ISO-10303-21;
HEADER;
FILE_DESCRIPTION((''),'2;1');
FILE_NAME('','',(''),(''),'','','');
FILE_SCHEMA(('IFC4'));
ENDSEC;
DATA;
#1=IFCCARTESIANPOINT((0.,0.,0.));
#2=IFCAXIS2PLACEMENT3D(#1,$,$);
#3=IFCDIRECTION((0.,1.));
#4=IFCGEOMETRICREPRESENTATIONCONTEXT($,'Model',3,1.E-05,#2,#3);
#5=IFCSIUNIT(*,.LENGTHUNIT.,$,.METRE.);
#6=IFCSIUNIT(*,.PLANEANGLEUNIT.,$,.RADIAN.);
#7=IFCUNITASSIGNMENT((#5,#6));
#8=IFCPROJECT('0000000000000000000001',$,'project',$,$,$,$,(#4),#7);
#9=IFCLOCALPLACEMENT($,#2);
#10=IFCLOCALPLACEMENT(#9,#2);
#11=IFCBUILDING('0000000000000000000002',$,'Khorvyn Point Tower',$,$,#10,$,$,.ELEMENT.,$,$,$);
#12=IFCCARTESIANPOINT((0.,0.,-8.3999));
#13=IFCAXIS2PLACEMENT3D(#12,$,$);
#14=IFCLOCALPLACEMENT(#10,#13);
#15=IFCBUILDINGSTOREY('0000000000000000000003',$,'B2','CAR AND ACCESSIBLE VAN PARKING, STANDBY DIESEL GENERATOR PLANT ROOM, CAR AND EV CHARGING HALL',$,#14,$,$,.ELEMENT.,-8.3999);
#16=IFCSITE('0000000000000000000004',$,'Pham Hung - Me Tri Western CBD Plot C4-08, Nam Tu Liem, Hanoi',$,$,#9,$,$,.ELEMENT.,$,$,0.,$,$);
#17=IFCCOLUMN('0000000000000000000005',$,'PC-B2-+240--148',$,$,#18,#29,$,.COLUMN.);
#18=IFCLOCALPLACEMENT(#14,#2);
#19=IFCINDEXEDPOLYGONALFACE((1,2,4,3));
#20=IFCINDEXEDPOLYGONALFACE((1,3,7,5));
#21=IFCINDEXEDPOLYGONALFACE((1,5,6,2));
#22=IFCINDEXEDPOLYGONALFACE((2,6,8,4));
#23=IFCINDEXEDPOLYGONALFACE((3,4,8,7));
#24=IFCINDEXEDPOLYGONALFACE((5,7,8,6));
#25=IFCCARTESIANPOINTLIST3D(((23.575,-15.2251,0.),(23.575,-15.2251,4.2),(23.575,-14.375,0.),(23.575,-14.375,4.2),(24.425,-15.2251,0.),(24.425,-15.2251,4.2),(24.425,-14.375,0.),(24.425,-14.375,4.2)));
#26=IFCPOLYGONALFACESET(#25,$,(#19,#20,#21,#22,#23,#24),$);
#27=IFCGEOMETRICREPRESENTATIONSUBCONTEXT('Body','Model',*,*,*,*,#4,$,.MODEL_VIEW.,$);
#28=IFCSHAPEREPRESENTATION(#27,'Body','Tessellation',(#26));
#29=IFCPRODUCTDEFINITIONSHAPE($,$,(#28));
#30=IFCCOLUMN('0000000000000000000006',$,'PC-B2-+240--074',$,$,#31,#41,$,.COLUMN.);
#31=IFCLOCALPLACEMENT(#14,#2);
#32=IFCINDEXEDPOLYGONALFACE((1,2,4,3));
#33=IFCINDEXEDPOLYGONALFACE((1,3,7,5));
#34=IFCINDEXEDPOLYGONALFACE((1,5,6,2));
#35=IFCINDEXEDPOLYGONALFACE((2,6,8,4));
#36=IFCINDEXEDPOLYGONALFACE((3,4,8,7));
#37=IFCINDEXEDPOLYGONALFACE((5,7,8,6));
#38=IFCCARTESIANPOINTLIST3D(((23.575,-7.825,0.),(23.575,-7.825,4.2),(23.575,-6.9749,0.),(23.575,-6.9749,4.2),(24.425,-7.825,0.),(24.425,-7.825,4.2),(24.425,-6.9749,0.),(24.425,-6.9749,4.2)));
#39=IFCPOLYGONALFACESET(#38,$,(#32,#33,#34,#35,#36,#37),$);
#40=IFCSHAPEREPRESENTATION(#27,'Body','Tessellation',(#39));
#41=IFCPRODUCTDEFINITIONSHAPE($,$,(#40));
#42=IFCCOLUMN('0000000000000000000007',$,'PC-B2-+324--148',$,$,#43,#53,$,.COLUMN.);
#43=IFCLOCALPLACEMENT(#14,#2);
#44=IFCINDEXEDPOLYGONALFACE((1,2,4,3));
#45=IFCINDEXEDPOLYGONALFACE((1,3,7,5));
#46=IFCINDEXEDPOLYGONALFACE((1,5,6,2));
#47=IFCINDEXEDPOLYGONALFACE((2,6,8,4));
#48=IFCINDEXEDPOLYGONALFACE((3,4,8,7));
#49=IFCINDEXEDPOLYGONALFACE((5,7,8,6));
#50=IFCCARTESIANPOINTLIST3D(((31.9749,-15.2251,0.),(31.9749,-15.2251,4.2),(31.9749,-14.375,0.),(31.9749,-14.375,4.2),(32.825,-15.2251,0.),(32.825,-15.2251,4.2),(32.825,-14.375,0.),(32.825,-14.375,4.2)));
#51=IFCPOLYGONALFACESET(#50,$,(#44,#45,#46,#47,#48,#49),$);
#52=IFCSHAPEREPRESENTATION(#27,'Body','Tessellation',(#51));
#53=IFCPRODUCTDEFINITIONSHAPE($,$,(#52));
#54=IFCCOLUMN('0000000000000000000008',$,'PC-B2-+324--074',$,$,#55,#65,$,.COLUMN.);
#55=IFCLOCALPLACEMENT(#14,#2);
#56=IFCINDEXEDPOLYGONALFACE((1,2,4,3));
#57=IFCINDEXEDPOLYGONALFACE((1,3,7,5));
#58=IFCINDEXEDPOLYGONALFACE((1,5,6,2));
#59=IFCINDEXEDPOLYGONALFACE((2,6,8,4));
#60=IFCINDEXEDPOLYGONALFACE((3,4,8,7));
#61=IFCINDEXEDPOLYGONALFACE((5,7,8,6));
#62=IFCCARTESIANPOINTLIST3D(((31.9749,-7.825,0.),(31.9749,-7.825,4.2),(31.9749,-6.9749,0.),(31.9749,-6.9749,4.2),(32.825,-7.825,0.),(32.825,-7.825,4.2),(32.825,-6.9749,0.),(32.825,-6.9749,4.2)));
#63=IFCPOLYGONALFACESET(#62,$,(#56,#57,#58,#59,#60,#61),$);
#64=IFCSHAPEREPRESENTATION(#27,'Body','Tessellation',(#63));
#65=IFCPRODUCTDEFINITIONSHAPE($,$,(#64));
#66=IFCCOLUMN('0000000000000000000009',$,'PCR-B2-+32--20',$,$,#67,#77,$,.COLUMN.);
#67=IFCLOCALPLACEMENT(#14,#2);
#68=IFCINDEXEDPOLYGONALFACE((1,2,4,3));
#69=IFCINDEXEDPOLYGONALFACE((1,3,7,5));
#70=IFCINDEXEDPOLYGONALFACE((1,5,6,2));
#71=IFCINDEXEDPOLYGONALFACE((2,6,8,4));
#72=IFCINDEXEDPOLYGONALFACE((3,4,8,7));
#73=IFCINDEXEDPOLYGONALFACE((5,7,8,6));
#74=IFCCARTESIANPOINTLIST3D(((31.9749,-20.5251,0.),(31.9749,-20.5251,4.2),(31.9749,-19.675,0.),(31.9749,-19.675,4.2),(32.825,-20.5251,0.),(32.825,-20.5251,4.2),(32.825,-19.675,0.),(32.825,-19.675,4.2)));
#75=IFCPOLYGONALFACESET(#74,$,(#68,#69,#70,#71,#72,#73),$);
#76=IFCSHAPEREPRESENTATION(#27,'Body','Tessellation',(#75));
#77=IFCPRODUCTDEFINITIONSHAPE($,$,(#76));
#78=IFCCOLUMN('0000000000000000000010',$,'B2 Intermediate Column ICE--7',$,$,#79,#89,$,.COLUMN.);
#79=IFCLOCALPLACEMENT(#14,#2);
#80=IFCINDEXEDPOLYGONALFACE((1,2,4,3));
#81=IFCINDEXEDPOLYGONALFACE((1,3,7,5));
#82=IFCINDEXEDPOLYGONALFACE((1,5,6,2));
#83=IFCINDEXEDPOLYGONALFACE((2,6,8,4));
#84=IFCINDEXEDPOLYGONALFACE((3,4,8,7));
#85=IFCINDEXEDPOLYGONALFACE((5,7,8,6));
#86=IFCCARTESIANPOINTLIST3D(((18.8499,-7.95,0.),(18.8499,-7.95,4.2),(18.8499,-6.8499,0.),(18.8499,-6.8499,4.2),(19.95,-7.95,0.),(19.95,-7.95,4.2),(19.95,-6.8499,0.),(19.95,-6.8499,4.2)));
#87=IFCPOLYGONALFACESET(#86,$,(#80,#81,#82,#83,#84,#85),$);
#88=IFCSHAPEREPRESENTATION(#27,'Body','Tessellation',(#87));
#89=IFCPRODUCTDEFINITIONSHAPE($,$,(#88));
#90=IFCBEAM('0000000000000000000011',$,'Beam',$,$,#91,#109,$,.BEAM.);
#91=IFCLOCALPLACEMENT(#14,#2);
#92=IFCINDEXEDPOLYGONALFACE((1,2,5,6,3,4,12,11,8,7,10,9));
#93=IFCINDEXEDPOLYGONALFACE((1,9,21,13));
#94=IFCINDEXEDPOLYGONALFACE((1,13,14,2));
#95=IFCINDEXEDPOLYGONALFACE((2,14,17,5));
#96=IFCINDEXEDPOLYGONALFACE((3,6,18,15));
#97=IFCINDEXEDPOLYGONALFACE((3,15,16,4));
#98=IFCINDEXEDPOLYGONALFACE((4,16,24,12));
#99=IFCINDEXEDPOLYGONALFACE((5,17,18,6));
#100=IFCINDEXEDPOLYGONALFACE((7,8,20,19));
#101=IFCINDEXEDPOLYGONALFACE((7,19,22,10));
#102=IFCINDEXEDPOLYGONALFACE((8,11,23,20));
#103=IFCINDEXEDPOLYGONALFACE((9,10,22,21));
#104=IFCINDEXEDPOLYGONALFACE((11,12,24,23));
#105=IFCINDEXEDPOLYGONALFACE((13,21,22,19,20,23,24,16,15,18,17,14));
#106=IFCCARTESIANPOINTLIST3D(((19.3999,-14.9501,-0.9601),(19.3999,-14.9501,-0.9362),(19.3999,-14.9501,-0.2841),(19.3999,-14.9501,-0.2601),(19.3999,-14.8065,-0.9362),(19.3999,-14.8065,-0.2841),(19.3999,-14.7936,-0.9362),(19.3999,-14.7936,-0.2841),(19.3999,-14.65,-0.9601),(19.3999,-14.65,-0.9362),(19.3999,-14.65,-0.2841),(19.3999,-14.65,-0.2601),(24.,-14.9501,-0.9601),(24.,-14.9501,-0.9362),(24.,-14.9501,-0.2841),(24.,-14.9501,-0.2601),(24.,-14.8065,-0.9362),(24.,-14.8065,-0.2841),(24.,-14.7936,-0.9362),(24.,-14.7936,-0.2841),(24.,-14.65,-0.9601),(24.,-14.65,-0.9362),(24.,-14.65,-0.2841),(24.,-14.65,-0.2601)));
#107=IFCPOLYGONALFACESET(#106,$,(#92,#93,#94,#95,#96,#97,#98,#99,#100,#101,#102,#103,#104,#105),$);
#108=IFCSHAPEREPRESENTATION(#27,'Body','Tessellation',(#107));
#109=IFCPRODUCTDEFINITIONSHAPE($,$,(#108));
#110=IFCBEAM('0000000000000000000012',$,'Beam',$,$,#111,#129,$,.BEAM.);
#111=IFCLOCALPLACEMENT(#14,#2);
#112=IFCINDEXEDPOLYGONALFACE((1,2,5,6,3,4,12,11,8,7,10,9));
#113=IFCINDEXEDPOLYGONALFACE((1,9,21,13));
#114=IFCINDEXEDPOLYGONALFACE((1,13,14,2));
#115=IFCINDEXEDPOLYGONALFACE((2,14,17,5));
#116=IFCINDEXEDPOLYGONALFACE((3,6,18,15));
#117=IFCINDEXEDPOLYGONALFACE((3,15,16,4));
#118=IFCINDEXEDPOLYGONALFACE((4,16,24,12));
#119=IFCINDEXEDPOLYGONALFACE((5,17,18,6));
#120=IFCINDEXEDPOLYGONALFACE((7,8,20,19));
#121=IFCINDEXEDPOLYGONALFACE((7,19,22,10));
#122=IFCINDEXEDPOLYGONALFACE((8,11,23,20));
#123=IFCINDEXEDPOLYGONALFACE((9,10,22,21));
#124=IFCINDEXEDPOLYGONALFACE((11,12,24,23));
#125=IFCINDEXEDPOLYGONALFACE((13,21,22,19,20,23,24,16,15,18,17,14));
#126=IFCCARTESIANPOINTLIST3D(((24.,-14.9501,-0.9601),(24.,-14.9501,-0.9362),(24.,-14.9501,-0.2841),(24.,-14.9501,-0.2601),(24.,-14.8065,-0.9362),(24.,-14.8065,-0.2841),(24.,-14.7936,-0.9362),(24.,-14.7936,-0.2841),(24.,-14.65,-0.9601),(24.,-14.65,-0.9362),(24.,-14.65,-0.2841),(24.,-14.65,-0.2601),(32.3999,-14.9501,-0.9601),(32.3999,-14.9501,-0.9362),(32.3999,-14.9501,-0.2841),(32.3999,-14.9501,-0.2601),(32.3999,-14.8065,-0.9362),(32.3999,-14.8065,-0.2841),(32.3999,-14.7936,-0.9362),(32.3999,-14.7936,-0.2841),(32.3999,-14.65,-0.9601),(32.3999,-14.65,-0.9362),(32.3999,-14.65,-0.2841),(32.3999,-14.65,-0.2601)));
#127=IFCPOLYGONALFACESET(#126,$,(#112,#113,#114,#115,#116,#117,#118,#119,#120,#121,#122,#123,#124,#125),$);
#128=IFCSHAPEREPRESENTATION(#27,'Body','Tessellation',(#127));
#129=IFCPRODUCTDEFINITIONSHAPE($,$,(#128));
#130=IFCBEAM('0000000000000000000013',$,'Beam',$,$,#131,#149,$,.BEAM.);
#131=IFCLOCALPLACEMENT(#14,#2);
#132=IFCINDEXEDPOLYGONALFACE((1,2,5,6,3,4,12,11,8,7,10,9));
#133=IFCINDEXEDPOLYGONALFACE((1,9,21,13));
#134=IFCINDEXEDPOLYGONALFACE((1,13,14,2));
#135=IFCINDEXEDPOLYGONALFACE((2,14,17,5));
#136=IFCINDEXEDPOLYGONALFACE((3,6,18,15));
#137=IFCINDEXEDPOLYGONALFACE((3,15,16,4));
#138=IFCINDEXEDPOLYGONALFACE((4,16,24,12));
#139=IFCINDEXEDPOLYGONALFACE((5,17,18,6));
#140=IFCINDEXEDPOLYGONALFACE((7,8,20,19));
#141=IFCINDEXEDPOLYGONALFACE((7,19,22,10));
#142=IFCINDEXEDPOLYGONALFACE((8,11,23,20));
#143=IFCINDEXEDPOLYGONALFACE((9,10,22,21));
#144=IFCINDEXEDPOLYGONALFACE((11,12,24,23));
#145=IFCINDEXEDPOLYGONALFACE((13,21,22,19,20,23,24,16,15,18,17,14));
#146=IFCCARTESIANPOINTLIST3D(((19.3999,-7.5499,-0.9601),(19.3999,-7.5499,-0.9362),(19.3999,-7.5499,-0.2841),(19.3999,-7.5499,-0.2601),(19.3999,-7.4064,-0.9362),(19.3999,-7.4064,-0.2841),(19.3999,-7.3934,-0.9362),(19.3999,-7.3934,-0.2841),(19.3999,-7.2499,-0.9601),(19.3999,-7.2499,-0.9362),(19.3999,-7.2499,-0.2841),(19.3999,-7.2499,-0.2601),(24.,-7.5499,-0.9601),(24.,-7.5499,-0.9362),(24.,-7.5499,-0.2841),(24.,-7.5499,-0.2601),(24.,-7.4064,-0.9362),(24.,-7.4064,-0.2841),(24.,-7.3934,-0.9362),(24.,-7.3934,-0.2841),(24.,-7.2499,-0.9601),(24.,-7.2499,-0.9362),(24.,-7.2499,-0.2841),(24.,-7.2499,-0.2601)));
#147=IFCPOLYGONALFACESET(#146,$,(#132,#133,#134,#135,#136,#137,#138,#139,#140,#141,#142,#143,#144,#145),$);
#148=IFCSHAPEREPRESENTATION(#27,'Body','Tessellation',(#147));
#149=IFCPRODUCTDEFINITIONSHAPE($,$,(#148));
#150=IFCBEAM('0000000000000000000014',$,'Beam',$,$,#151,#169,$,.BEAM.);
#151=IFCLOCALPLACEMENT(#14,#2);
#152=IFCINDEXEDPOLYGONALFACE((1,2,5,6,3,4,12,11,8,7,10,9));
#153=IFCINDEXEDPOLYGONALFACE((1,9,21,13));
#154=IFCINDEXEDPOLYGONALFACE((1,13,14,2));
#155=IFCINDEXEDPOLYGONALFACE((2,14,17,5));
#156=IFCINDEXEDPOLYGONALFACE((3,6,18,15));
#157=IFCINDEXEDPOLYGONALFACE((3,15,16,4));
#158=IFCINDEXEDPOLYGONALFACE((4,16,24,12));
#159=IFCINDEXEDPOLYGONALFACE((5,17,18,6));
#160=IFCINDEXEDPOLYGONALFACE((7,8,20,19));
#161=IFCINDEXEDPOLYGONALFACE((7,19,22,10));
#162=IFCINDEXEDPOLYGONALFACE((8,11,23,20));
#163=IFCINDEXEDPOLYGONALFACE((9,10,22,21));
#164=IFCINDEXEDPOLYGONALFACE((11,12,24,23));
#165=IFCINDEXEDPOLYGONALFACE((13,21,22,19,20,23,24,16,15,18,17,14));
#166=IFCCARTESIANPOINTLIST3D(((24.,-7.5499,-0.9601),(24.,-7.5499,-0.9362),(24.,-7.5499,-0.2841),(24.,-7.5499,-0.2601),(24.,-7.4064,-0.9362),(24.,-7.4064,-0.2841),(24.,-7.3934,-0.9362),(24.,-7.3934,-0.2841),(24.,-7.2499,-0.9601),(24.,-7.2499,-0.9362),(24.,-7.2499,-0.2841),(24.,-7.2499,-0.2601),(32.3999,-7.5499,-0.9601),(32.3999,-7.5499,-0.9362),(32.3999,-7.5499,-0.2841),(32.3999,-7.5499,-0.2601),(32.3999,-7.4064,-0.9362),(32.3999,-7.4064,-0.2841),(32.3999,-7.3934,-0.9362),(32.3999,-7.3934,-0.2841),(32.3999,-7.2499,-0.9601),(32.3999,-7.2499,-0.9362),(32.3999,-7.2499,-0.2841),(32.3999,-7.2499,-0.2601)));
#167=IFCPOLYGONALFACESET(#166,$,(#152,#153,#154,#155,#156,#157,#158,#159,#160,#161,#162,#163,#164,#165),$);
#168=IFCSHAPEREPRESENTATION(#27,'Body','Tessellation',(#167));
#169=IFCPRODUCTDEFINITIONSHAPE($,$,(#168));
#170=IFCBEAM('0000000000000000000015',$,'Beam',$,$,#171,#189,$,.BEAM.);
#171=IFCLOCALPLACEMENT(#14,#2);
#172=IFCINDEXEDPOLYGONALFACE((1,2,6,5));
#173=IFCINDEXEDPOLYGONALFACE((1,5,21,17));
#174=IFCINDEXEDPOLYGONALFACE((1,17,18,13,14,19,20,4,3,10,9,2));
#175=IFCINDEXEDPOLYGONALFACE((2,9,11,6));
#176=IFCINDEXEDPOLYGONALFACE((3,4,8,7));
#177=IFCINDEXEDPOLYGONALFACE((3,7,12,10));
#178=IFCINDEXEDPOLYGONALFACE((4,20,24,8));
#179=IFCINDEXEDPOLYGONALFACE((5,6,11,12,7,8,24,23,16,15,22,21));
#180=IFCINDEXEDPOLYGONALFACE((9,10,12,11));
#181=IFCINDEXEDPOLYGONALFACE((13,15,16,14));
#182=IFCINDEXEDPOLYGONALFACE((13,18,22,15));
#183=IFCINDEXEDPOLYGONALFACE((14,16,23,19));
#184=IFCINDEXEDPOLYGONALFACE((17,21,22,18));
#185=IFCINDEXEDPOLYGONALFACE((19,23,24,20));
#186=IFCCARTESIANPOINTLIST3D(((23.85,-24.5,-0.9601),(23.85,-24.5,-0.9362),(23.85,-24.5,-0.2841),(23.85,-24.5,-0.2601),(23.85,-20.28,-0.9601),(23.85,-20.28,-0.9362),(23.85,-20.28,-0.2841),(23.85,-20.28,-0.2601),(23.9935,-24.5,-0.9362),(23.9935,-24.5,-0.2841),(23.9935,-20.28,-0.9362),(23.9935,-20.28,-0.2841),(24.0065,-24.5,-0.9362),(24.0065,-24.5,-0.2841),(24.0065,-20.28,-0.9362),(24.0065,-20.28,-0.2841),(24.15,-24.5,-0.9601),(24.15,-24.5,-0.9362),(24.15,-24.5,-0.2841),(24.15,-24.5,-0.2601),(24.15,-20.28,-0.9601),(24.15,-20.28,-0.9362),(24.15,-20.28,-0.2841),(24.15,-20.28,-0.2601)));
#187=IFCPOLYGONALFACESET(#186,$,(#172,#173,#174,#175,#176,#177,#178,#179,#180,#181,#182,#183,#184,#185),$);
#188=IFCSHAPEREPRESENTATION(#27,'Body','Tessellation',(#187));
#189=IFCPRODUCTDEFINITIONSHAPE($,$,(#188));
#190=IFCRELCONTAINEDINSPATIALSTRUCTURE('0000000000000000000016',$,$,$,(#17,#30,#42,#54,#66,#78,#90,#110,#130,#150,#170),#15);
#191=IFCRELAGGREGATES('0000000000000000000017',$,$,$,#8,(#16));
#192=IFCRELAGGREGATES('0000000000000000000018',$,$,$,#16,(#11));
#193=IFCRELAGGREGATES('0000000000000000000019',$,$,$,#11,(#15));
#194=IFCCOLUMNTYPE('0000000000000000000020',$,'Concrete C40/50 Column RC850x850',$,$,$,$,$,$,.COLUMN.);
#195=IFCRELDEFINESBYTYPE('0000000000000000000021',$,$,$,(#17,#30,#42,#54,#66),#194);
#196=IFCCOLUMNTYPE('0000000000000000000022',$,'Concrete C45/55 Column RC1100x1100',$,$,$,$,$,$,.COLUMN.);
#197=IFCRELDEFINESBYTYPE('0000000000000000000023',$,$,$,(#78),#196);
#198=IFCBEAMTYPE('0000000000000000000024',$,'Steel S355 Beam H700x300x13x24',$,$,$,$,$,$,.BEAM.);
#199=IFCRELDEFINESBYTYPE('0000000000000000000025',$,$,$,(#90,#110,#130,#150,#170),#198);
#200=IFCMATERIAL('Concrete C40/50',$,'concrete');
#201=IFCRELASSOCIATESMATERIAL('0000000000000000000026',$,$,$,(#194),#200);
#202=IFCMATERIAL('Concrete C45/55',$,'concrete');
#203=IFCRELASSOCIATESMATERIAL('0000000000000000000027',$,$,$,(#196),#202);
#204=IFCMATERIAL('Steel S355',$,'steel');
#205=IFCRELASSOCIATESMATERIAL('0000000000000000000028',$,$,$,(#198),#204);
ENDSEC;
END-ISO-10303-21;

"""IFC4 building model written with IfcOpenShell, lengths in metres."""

from ifc_helpers import new_model, si_unit, direction, frame, origin, origin_2d, place, context, subcontext, project, spatial, rectangle, i_section, extrude, material, material_profile, profile_set, type_object, element, save


model = new_model("IFC4")

# Units and contexts
model_context = context("Model", 3, precision=1e-05, world=origin(), true_north=direction((0.0, 1.0)))
body_context = subcontext(model_context, "Body", "Model", "MODEL_VIEW")
ifc_project = project(units=[si_unit("LENGTHUNIT", "METRE"), si_unit("PLANEANGLEUNIT", "RADIAN")], contexts=[model_context])

# Site, building, storey
site_placement = place(None, origin())
site = spatial("IfcSite", under=ifc_project, at=site_placement, Name="Pham Hung - Me Tri Western CBD Plot C4-08, Nam Tu Liem, Hanoi", CompositionType="ELEMENT", RefElevation=0.0)
building_placement = place(site_placement, origin())
building = spatial("IfcBuilding", under=site, at=building_placement, Name="Khorvyn Point Tower", CompositionType="ELEMENT")
storey_placement = place(building_placement, frame((0.0, 0.0, -8.3999)))
storey = spatial("IfcBuildingStorey", under=building, at=storey_placement, Name="B2", Description="CAR AND ACCESSIBLE VAN PARKING, STANDBY DIESEL GENERATOR PLANT ROOM, CAR AND EV CHARGING HALL", CompositionType="ELEMENT", Elevation=-8.3999)

# Columns
ifc_material_1 = material(Name="Concrete C40/50", Category="concrete")
ifc_material_profile_1 = material_profile(ifc_material_1, rectangle(XDim=0.8501, YDim=0.8501, at=origin_2d()))
ifc_profile_set_1 = profile_set([ifc_material_profile_1], Name="Concrete C40/50 RC850x850")
column_type_1 = type_object("IfcColumnType", Name="Concrete C40/50 Column RC850x850", PredefinedType="COLUMN", material=ifc_profile_set_1)
for number, where, z_axis, x_axis, name in (
    (1, (24.0, -14.8, 0.0), (0.0, 0.0, 1.0), (1.0, 0.0, 0.0), "PC-B2-+240--148"),
    (2, (24.0, -7.3999, 0.0), (0.0, 0.0, 1.0), (1.0, 0.0, 0.0), "PC-B2-+240--074"),
    (3, (32.3999, -14.8, 0.0), (0.0, 0.0, 1.0), (1.0, 0.0, 0.0), "PC-B2-+324--148"),
    (4, (32.3999, -7.3999, 0.0), (0.0, 0.0, 1.0), (1.0, 0.0, 0.0), "PC-B2-+324--074"),
    (5, (32.3999, -20.1001, 0.0), (0.0, 0.0, 1.0), (1.0, 0.0, 0.0), "PCR-B2-+32--20"),
):
    element("IfcColumn", number, at=place(storey_placement, frame(where, z_axis=z_axis, x_axis=x_axis)), inside=storey, type_object=column_type_1, Name=name, PredefinedType="COLUMN", context=body_context, shape_type="SweptSolid", body=[
        extrude(rectangle(XDim=0.8501, YDim=0.8501, at=origin_2d()), origin(), (0.0, 0.0, 1.0), 4.2),
    ])
ifc_material_2 = material(Name="Concrete C45/55", Category="concrete")
ifc_material_profile_2 = material_profile(ifc_material_2, rectangle(XDim=1.1001, YDim=1.1001, at=origin_2d()))
ifc_profile_set_2 = profile_set([ifc_material_profile_2], Name="Concrete C45/55 RC1100x1100")
column_type_2 = type_object("IfcColumnType", Name="Concrete C45/55 Column RC1100x1100", PredefinedType="COLUMN", material=ifc_profile_set_2)
column_placement = place(storey_placement, frame((19.3999, -7.3999, 0.0), z_axis=(0.0, 0.0, 1.0), x_axis=(1.0, 0.0, 0.0)))
element("IfcColumn", 6, at=column_placement, inside=storey, type_object=column_type_2, Name="B2 Intermediate Column ICE--7", PredefinedType="COLUMN", context=body_context, shape_type="SweptSolid", body=[
    extrude(rectangle(XDim=1.1001, YDim=1.1001, at=origin_2d()), origin(), (0.0, 0.0, 1.0), 4.2),
])

# Beams
ifc_material_3 = material(Name="Steel S355", Category="steel")
ifc_material_profile_3 = material_profile(ifc_material_3, i_section(OverallWidth=0.3, OverallDepth=0.7, WebThickness=0.0129, FlangeThickness=0.0239, at=origin_2d()))
ifc_profile_set_3 = profile_set([ifc_material_profile_3], Name="Steel S355 H700x300x13x24")
beam_type_1 = type_object("IfcBeamType", Name="Steel S355 Beam H700x300x13x24", PredefinedType="BEAM", material=ifc_profile_set_3)
beam_1_placement = place(storey_placement, frame((19.3999, -14.8, -0.6101), z_axis=(1.0, 0.0, 0.0), x_axis=(0.0, 1.0, 0.0)))
element("IfcBeam", 7, at=beam_1_placement, inside=storey, type_object=beam_type_1, Name="Beam", PredefinedType="BEAM", context=body_context, shape_type="SweptSolid", body=[
    extrude(i_section(OverallWidth=0.3, OverallDepth=0.7, WebThickness=0.0129, FlangeThickness=0.0239, at=origin_2d()), origin(), (0.0, 0.0, 1.0), 4.6001),
])
beam_2_placement = place(storey_placement, frame((24.0, -14.8, -0.6101), z_axis=(1.0, 0.0, 0.0), x_axis=(0.0, 1.0, 0.0)))
element("IfcBeam", 8, at=beam_2_placement, inside=storey, type_object=beam_type_1, Name="Beam", PredefinedType="BEAM", context=body_context, shape_type="SweptSolid", body=[
    extrude(i_section(OverallWidth=0.3, OverallDepth=0.7, WebThickness=0.0129, FlangeThickness=0.0239, at=origin_2d()), origin(), (0.0, 0.0, 1.0), 8.3999),
])
beam_3_placement = place(storey_placement, frame((19.3999, -7.3999, -0.6101), z_axis=(1.0, 0.0, 0.0), x_axis=(0.0, 1.0, 0.0)))
element("IfcBeam", 9, at=beam_3_placement, inside=storey, type_object=beam_type_1, Name="Beam", PredefinedType="BEAM", context=body_context, shape_type="SweptSolid", body=[
    extrude(i_section(OverallWidth=0.3, OverallDepth=0.7, WebThickness=0.0129, FlangeThickness=0.0239, at=origin_2d()), origin(), (0.0, 0.0, 1.0), 4.6001),
])
beam_4_placement = place(storey_placement, frame((24.0, -7.3999, -0.6101), z_axis=(1.0, 0.0, 0.0), x_axis=(0.0, 1.0, 0.0)))
element("IfcBeam", 10, at=beam_4_placement, inside=storey, type_object=beam_type_1, Name="Beam", PredefinedType="BEAM", context=body_context, shape_type="SweptSolid", body=[
    extrude(i_section(OverallWidth=0.3, OverallDepth=0.7, WebThickness=0.0129, FlangeThickness=0.0239, at=origin_2d()), origin(), (0.0, 0.0, 1.0), 8.3999),
])
beam_5_placement = place(storey_placement, frame((24.0, -24.5, -0.6101), z_axis=(0.0, 1.0, 0.0), x_axis=(-1.0, 0.0, 0.0)))
element("IfcBeam", 11, at=beam_5_placement, inside=storey, type_object=beam_type_1, Name="Beam", PredefinedType="BEAM", context=body_context, shape_type="SweptSolid", body=[
    extrude(i_section(OverallWidth=0.3, OverallDepth=0.7, WebThickness=0.0129, FlangeThickness=0.0239, at=origin_2d()), origin(), (0.0, 0.0, 1.0), 4.22),
])

save(model, "model.ifc")
